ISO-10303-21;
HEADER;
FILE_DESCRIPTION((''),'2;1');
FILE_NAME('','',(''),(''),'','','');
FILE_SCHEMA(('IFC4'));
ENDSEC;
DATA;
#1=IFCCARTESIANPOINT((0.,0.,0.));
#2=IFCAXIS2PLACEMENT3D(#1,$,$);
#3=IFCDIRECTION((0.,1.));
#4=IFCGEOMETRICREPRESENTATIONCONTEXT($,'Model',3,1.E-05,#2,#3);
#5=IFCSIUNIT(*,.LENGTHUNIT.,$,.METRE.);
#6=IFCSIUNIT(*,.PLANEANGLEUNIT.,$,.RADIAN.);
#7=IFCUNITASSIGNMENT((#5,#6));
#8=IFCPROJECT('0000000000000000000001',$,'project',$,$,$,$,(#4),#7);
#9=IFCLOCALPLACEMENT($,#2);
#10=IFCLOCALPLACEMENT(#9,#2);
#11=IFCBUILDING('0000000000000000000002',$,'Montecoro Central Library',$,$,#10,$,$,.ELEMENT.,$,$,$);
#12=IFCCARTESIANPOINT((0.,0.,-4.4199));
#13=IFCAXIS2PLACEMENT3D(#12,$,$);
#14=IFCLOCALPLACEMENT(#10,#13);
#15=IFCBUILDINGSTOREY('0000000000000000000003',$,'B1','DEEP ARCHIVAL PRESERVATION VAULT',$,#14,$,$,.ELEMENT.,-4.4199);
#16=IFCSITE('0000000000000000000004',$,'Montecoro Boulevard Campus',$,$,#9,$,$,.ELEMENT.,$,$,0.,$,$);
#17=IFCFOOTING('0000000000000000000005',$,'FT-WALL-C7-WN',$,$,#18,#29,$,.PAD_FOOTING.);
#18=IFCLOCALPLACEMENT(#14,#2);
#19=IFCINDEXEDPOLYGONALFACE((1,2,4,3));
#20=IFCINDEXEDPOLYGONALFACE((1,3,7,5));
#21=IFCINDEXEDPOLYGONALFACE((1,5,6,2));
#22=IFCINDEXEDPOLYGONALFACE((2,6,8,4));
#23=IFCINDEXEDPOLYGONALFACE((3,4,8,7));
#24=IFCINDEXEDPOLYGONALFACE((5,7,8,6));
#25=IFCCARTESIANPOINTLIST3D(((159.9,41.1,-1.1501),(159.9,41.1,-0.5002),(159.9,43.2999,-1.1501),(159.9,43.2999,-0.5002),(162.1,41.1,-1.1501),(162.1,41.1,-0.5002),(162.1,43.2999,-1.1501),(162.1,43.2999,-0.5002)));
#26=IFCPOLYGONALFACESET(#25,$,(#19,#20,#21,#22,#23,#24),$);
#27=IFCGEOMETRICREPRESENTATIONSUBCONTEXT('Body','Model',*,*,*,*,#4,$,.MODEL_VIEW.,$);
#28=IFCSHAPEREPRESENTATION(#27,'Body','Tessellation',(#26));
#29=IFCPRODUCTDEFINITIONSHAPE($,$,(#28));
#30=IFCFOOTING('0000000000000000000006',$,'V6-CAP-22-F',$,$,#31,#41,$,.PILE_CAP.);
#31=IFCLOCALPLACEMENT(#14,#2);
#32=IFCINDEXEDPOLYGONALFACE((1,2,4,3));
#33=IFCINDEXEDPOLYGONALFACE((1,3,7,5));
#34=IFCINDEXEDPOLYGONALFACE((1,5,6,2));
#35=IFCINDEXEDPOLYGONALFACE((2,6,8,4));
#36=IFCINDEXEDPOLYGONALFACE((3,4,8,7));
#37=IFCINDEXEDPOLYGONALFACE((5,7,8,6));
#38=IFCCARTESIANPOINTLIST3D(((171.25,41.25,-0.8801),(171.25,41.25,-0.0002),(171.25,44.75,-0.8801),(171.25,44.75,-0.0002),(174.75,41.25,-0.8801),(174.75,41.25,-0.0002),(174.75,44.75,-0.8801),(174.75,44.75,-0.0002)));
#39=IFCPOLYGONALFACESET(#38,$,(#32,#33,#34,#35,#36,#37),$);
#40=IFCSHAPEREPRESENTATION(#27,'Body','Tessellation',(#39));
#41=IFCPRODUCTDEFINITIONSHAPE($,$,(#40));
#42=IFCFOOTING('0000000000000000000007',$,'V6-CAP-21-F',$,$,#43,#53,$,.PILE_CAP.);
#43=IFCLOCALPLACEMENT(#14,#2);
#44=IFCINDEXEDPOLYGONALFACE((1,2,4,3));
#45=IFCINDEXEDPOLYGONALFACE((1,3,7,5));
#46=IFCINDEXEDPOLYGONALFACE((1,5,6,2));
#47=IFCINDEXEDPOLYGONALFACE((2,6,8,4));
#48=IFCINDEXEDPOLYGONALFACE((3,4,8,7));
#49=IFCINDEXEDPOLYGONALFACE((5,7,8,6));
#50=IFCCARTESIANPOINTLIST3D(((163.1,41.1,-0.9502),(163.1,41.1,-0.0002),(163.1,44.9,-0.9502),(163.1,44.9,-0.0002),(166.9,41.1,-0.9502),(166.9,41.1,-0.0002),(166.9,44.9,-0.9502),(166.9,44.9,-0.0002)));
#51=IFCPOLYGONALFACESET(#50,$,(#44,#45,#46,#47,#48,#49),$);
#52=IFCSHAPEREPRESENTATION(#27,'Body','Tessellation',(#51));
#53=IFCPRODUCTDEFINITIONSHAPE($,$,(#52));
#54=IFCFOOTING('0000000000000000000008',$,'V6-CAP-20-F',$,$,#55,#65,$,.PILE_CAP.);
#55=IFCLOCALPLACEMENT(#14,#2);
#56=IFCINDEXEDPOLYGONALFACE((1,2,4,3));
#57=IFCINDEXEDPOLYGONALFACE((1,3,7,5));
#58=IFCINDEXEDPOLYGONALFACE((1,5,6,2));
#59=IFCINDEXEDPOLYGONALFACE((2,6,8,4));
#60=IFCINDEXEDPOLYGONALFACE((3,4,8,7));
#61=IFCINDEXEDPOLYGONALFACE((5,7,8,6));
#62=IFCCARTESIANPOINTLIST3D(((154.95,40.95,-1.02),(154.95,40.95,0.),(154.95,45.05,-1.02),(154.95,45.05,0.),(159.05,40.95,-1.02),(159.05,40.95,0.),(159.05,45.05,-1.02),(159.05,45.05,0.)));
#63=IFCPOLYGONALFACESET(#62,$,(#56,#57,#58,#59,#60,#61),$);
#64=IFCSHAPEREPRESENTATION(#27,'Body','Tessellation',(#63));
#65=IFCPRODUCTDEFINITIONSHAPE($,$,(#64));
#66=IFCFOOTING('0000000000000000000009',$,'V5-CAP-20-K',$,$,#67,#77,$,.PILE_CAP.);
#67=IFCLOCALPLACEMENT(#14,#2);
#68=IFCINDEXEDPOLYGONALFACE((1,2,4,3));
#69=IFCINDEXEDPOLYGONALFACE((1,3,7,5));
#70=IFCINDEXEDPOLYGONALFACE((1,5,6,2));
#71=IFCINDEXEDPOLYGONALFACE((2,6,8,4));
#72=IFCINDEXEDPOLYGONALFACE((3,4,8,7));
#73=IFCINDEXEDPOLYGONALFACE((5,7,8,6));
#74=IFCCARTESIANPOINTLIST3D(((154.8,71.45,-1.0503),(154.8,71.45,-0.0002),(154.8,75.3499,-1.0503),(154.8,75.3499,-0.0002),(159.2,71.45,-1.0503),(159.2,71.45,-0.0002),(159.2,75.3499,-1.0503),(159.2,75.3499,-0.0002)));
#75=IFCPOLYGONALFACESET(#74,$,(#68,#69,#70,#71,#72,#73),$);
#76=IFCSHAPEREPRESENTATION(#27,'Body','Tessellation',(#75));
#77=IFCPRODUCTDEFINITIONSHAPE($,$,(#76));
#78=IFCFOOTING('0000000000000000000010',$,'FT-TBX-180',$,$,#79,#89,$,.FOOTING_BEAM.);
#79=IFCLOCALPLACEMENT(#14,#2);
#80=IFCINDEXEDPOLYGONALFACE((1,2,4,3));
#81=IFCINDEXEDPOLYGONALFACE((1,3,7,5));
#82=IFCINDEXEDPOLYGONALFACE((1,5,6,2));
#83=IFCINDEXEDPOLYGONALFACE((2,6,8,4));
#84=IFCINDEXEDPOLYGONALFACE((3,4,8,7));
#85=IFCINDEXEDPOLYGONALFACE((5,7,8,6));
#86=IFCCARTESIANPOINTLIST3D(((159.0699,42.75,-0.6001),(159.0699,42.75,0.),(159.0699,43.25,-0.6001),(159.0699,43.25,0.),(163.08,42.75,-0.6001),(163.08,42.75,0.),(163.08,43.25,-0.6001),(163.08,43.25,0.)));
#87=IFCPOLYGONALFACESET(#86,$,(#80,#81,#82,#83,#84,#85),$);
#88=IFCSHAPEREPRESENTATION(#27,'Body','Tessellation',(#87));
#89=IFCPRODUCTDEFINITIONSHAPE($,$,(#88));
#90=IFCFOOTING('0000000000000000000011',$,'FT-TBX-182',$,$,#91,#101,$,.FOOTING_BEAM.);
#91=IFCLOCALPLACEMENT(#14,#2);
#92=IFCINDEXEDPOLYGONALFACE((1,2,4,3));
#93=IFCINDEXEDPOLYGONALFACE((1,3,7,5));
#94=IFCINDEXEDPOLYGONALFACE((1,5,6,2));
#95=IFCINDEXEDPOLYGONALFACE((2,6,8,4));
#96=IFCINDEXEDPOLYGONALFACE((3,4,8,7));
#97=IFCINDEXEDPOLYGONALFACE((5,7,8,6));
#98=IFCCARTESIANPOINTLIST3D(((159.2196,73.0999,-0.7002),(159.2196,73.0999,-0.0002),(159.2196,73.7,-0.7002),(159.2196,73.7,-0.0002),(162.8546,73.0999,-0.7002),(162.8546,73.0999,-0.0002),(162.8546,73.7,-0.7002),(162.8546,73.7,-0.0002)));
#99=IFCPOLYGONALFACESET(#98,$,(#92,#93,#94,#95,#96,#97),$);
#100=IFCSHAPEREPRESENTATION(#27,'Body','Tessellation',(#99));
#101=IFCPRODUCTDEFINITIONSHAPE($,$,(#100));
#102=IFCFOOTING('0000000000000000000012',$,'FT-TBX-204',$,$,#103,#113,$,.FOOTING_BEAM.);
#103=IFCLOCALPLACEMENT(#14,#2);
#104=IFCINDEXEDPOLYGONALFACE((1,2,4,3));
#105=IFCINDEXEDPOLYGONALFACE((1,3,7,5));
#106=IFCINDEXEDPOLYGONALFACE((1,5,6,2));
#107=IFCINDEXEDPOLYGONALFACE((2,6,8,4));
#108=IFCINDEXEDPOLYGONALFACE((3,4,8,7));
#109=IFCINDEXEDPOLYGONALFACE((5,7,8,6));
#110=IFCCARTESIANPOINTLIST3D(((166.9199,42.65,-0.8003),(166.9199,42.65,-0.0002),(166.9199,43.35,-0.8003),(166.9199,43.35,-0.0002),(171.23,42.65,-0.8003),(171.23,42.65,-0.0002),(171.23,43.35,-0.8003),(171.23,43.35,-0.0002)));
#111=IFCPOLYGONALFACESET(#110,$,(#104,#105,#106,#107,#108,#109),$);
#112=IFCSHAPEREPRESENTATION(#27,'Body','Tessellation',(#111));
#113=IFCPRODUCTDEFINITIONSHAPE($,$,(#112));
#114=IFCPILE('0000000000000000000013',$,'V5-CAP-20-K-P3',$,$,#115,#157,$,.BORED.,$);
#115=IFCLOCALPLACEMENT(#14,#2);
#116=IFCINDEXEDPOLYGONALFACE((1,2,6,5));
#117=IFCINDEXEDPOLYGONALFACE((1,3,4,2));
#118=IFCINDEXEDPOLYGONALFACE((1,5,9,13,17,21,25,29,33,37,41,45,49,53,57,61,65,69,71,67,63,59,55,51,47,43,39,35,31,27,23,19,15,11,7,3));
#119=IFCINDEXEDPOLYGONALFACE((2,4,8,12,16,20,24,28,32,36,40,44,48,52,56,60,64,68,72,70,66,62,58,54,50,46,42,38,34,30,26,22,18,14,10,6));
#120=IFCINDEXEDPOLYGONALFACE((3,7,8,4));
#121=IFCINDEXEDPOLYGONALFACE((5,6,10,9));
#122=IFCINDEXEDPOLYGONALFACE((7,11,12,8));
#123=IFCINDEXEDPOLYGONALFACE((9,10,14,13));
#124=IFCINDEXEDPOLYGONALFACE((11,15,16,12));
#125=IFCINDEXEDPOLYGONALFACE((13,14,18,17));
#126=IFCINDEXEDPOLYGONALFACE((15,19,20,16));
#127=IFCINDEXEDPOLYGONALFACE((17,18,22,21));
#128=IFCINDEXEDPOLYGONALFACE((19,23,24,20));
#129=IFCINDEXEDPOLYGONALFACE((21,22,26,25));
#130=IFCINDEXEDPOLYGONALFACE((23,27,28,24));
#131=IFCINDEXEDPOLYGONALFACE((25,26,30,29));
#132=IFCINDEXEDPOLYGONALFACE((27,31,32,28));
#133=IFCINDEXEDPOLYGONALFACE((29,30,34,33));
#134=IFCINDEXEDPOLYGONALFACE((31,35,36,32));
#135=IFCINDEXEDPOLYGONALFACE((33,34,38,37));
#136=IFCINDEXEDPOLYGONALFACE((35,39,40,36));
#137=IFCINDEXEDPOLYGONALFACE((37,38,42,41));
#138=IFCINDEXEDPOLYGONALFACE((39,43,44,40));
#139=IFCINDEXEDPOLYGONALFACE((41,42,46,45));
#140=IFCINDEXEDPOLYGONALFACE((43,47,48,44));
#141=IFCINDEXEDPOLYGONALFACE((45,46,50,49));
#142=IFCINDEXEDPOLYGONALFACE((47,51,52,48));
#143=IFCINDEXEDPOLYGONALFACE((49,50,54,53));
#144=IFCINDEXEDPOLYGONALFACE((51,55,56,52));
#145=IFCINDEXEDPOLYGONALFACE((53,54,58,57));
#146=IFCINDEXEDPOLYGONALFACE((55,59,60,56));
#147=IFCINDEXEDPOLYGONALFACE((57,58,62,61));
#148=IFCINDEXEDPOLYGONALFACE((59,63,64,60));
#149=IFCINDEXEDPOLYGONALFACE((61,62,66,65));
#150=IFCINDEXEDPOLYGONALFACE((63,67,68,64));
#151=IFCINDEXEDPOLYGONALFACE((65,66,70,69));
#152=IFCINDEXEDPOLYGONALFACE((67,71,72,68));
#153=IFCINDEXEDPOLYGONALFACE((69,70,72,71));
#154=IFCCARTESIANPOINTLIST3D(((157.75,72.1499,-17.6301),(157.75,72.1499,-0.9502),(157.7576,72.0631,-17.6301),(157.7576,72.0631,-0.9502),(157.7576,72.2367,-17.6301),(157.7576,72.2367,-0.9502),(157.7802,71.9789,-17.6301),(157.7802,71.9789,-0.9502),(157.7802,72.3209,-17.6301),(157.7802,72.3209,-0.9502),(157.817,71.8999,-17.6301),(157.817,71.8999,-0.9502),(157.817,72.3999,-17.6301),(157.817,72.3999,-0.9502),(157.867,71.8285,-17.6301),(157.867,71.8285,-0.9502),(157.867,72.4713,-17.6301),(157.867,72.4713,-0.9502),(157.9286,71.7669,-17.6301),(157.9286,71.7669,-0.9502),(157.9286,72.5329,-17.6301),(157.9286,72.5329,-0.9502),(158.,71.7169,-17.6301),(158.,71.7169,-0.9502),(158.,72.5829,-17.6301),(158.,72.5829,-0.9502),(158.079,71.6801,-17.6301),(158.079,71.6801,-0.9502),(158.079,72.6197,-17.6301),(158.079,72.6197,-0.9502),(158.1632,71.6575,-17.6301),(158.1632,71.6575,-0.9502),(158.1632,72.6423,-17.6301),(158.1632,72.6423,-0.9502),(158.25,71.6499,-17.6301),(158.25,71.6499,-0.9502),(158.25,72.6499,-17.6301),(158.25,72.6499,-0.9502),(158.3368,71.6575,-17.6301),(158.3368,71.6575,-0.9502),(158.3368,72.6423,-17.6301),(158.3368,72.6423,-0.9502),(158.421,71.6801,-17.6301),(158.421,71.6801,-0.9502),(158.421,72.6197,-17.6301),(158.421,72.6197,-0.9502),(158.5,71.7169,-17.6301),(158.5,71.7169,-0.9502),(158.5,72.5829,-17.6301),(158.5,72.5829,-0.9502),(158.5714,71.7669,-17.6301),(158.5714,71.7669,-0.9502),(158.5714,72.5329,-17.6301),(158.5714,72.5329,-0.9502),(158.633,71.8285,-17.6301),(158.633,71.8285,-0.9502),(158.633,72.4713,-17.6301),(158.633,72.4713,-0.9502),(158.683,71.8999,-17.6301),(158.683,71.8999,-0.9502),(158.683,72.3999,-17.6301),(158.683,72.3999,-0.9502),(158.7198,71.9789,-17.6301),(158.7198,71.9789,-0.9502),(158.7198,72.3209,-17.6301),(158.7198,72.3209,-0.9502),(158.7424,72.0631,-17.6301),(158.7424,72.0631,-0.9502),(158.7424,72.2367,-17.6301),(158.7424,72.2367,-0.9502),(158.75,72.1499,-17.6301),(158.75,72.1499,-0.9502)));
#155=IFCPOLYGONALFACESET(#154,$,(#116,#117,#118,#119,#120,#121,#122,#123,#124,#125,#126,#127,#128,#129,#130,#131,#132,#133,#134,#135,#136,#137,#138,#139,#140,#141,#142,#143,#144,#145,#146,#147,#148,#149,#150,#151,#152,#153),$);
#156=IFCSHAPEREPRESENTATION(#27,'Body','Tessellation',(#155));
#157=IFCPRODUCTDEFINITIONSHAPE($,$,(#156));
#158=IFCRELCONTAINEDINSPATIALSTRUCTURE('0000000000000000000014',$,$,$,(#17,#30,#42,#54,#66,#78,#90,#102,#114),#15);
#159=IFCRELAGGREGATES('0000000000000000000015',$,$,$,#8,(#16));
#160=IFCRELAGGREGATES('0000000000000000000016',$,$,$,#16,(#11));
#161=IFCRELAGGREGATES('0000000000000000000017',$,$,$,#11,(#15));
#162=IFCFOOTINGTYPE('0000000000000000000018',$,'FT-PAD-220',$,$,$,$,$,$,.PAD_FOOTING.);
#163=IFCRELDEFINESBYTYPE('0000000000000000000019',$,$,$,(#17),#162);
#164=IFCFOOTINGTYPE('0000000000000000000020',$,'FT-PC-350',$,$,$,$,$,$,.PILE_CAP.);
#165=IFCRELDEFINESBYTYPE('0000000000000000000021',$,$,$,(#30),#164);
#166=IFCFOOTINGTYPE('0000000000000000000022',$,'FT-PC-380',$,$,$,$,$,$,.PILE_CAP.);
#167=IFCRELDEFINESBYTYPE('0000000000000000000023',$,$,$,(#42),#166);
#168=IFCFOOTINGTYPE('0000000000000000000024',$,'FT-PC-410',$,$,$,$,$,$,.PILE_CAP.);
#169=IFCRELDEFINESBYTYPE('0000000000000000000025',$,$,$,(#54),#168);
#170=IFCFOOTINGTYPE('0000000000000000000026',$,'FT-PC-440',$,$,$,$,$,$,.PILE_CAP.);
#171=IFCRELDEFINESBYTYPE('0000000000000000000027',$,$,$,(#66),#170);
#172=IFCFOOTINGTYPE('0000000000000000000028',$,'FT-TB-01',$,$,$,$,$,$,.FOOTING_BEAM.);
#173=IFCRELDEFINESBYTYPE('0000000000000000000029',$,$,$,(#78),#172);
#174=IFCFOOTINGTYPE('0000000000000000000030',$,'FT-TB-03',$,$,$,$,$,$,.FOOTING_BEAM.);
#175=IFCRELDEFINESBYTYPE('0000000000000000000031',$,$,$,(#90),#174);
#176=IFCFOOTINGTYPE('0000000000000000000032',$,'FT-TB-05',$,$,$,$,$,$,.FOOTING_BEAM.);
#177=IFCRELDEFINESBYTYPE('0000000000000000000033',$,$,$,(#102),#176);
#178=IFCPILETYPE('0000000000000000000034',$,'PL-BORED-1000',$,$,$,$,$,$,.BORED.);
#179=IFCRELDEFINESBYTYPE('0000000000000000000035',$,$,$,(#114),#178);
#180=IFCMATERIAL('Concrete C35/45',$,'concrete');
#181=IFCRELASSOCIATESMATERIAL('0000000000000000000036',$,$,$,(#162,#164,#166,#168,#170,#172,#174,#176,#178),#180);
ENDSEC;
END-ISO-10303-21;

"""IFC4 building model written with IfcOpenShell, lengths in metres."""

from ifc_helpers import new_model, si_unit, direction, frame, origin, origin_2d, place, context, subcontext, project, spatial, rectangle, circle, extrude, material, material_profile, profile_set, type_object, element, save


model = new_model("IFC4")

# Units and contexts
model_context = context("Model", 3, precision=1e-05, world=origin(), true_north=direction((0.0, 1.0)))
body_context = subcontext(model_context, "Body", "Model", "MODEL_VIEW")
ifc_project = project(units=[si_unit("LENGTHUNIT", "METRE"), si_unit("PLANEANGLEUNIT", "RADIAN")], contexts=[model_context])

# Site, building, storey
site_placement = place(None, origin())
site = spatial("IfcSite", under=ifc_project, at=site_placement, Name="Montecoro Boulevard Campus", CompositionType="ELEMENT", RefElevation=0.0)
building_placement = place(site_placement, origin())
building = spatial("IfcBuilding", under=site, at=building_placement, Name="Montecoro Central Library", CompositionType="ELEMENT")
storey_placement = place(building_placement, frame((0.0, 0.0, -4.4199)))
storey = spatial("IfcBuildingStorey", under=building, at=storey_placement, Name="B1", Description="DEEP ARCHIVAL PRESERVATION VAULT", CompositionType="ELEMENT", Elevation=-4.4199)

# Footings
ifc_material_1 = material(Name="Concrete C35/45", Category="concrete")
footing_type_1 = type_object("IfcFootingType", Name="FT-PAD-220", PredefinedType="PAD_FOOTING", material=ifc_material_1)
footing_1_placement = place(storey_placement, frame((161.0, 42.2, -1.1501), z_axis=(0.0, 0.0, 1.0), x_axis=(1.0, 0.0, 0.0)))
element("IfcFooting", 1, at=footing_1_placement, inside=storey, type_object=footing_type_1, Name="FT-WALL-C7-WN", PredefinedType="PAD_FOOTING", context=body_context, shape_type="SweptSolid", body=[
    extrude(rectangle(XDim=2.2, YDim=2.2, at=origin_2d()), origin(), (0.0, 0.0, 1.0), 0.6499),
])
footing_type_2 = type_object("IfcFootingType", Name="FT-PC-350", PredefinedType="PILE_CAP", material=ifc_material_1)
footing_2_placement = place(storey_placement, frame((173.0, 43.0, -0.8801), z_axis=(0.0, 0.0, 1.0), x_axis=(1.0, 0.0, 0.0)))
element("IfcFooting", 2, at=footing_2_placement, inside=storey, type_object=footing_type_2, Name="V6-CAP-22-F", PredefinedType="PILE_CAP", context=body_context, shape_type="SweptSolid", body=[
    extrude(rectangle(XDim=3.5, YDim=3.5, at=origin_2d()), origin(), (0.0, 0.0, 1.0), 0.8799),
])
footing_type_3 = type_object("IfcFootingType", Name="FT-PC-380", PredefinedType="PILE_CAP", material=ifc_material_1)
footing_3_placement = place(storey_placement, frame((165.0, 43.0, -0.9502), z_axis=(0.0, 0.0, 1.0), x_axis=(1.0, 0.0, 0.0)))
element("IfcFooting", 3, at=footing_3_placement, inside=storey, type_object=footing_type_3, Name="V6-CAP-21-F", PredefinedType="PILE_CAP", context=body_context, shape_type="SweptSolid", body=[
    extrude(rectangle(XDim=3.8, YDim=3.8, at=origin_2d()), origin(), (0.0, 0.0, 1.0), 0.95),
])
footing_type_4 = type_object("IfcFootingType", Name="FT-PC-410", PredefinedType="PILE_CAP", material=ifc_material_1)
footing_4_placement = place(storey_placement, frame((157.0, 43.0, -1.02), z_axis=(0.0, 0.0, 1.0), x_axis=(1.0, 0.0, 0.0)))
element("IfcFooting", 4, at=footing_4_placement, inside=storey, type_object=footing_type_4, Name="V6-CAP-20-F", PredefinedType="PILE_CAP", context=body_context, shape_type="SweptSolid", body=[
    extrude(rectangle(XDim=4.1001, YDim=4.1001, at=origin_2d()), origin(), (0.0, 0.0, 1.0), 1.02),
])
footing_type_5 = type_object("IfcFootingType", Name="FT-PC-440", PredefinedType="PILE_CAP", material=ifc_material_1)
footing_5_placement = place(storey_placement, frame((157.0, 73.3999, -1.0503), z_axis=(0.0, 0.0, 1.0), x_axis=(1.0, 0.0, 0.0)))
element("IfcFooting", 5, at=footing_5_placement, inside=storey, type_object=footing_type_5, Name="V5-CAP-20-K", PredefinedType="PILE_CAP", context=body_context, shape_type="SweptSolid", body=[
    extrude(rectangle(XDim=4.3999, YDim=3.8999, at=origin_2d()), origin(), (0.0, 0.0, 1.0), 1.05),
])
footing_type_6 = type_object("IfcFootingType", Name="FT-TB-01", PredefinedType="FOOTING_BEAM", material=ifc_material_1)
footing_6_placement = place(storey_placement, frame((161.075, 43.0, -0.6001), z_axis=(0.0, 0.0, 1.0), x_axis=(1.0, 0.0, 0.0)))
element("IfcFooting", 6, at=footing_6_placement, inside=storey, type_object=footing_type_6, Name="FT-TBX-180", PredefinedType="FOOTING_BEAM", context=body_context, shape_type="SweptSolid", body=[
    extrude(rectangle(XDim=4.01, YDim=0.5, at=origin_2d()), origin(), (0.0, 0.0, 1.0), 0.6001),
])
footing_type_7 = type_object("IfcFootingType", Name="FT-TB-03", PredefinedType="FOOTING_BEAM", material=ifc_material_1)
footing_7_placement = place(storey_placement, frame((161.0371, 73.3999, -0.7002), z_axis=(0.0, 0.0, 1.0), x_axis=(1.0, 0.0, 0.0)))
element("IfcFooting", 7, at=footing_7_placement, inside=storey, type_object=footing_type_7, Name="FT-TBX-182", PredefinedType="FOOTING_BEAM", context=body_context, shape_type="SweptSolid", body=[
    extrude(rectangle(XDim=3.635, YDim=0.6001, at=origin_2d()), origin(), (0.0, 0.0, 1.0), 0.7),
])
footing_type_8 = type_object("IfcFootingType", Name="FT-TB-05", PredefinedType="FOOTING_BEAM", material=ifc_material_1)
footing_8_placement = place(storey_placement, frame((169.075, 43.0, -0.8003), z_axis=(0.0, 0.0, 1.0), x_axis=(1.0, 0.0, 0.0)))
element("IfcFooting", 8, at=footing_8_placement, inside=storey, type_object=footing_type_8, Name="FT-TBX-204", PredefinedType="FOOTING_BEAM", context=body_context, shape_type="SweptSolid", body=[
    extrude(rectangle(XDim=4.3101, YDim=0.7, at=origin_2d()), origin(), (0.0, 0.0, 1.0), 0.8),
])

# Pile
ifc_material_profile_1 = material_profile(ifc_material_1, circle(Radius=0.5, at=origin_2d()), Name="PILE D1000")
ifc_profile_set_1 = profile_set([ifc_material_profile_1], Name="Concrete C35/45")
pile_type_1 = type_object("IfcPileType", Name="PL-BORED-1000", PredefinedType="BORED", material=ifc_profile_set_1)
pile_placement = place(storey_placement, frame((158.25, 72.1499, -0.9502), z_axis=(0.0, 0.0, -1.0), x_axis=(1.0, 0.0, 0.0)))
element("IfcPile", 9, at=pile_placement, inside=storey, type_object=pile_type_1, Name="V5-CAP-20-K-P3", PredefinedType="BORED", context=body_context, shape_type="SweptSolid", body=[
    extrude(circle(Radius=0.5, at=origin_2d()), origin(), (0.0, 0.0, 1.0), 16.6799),
])

save(model, "model.ifc")
